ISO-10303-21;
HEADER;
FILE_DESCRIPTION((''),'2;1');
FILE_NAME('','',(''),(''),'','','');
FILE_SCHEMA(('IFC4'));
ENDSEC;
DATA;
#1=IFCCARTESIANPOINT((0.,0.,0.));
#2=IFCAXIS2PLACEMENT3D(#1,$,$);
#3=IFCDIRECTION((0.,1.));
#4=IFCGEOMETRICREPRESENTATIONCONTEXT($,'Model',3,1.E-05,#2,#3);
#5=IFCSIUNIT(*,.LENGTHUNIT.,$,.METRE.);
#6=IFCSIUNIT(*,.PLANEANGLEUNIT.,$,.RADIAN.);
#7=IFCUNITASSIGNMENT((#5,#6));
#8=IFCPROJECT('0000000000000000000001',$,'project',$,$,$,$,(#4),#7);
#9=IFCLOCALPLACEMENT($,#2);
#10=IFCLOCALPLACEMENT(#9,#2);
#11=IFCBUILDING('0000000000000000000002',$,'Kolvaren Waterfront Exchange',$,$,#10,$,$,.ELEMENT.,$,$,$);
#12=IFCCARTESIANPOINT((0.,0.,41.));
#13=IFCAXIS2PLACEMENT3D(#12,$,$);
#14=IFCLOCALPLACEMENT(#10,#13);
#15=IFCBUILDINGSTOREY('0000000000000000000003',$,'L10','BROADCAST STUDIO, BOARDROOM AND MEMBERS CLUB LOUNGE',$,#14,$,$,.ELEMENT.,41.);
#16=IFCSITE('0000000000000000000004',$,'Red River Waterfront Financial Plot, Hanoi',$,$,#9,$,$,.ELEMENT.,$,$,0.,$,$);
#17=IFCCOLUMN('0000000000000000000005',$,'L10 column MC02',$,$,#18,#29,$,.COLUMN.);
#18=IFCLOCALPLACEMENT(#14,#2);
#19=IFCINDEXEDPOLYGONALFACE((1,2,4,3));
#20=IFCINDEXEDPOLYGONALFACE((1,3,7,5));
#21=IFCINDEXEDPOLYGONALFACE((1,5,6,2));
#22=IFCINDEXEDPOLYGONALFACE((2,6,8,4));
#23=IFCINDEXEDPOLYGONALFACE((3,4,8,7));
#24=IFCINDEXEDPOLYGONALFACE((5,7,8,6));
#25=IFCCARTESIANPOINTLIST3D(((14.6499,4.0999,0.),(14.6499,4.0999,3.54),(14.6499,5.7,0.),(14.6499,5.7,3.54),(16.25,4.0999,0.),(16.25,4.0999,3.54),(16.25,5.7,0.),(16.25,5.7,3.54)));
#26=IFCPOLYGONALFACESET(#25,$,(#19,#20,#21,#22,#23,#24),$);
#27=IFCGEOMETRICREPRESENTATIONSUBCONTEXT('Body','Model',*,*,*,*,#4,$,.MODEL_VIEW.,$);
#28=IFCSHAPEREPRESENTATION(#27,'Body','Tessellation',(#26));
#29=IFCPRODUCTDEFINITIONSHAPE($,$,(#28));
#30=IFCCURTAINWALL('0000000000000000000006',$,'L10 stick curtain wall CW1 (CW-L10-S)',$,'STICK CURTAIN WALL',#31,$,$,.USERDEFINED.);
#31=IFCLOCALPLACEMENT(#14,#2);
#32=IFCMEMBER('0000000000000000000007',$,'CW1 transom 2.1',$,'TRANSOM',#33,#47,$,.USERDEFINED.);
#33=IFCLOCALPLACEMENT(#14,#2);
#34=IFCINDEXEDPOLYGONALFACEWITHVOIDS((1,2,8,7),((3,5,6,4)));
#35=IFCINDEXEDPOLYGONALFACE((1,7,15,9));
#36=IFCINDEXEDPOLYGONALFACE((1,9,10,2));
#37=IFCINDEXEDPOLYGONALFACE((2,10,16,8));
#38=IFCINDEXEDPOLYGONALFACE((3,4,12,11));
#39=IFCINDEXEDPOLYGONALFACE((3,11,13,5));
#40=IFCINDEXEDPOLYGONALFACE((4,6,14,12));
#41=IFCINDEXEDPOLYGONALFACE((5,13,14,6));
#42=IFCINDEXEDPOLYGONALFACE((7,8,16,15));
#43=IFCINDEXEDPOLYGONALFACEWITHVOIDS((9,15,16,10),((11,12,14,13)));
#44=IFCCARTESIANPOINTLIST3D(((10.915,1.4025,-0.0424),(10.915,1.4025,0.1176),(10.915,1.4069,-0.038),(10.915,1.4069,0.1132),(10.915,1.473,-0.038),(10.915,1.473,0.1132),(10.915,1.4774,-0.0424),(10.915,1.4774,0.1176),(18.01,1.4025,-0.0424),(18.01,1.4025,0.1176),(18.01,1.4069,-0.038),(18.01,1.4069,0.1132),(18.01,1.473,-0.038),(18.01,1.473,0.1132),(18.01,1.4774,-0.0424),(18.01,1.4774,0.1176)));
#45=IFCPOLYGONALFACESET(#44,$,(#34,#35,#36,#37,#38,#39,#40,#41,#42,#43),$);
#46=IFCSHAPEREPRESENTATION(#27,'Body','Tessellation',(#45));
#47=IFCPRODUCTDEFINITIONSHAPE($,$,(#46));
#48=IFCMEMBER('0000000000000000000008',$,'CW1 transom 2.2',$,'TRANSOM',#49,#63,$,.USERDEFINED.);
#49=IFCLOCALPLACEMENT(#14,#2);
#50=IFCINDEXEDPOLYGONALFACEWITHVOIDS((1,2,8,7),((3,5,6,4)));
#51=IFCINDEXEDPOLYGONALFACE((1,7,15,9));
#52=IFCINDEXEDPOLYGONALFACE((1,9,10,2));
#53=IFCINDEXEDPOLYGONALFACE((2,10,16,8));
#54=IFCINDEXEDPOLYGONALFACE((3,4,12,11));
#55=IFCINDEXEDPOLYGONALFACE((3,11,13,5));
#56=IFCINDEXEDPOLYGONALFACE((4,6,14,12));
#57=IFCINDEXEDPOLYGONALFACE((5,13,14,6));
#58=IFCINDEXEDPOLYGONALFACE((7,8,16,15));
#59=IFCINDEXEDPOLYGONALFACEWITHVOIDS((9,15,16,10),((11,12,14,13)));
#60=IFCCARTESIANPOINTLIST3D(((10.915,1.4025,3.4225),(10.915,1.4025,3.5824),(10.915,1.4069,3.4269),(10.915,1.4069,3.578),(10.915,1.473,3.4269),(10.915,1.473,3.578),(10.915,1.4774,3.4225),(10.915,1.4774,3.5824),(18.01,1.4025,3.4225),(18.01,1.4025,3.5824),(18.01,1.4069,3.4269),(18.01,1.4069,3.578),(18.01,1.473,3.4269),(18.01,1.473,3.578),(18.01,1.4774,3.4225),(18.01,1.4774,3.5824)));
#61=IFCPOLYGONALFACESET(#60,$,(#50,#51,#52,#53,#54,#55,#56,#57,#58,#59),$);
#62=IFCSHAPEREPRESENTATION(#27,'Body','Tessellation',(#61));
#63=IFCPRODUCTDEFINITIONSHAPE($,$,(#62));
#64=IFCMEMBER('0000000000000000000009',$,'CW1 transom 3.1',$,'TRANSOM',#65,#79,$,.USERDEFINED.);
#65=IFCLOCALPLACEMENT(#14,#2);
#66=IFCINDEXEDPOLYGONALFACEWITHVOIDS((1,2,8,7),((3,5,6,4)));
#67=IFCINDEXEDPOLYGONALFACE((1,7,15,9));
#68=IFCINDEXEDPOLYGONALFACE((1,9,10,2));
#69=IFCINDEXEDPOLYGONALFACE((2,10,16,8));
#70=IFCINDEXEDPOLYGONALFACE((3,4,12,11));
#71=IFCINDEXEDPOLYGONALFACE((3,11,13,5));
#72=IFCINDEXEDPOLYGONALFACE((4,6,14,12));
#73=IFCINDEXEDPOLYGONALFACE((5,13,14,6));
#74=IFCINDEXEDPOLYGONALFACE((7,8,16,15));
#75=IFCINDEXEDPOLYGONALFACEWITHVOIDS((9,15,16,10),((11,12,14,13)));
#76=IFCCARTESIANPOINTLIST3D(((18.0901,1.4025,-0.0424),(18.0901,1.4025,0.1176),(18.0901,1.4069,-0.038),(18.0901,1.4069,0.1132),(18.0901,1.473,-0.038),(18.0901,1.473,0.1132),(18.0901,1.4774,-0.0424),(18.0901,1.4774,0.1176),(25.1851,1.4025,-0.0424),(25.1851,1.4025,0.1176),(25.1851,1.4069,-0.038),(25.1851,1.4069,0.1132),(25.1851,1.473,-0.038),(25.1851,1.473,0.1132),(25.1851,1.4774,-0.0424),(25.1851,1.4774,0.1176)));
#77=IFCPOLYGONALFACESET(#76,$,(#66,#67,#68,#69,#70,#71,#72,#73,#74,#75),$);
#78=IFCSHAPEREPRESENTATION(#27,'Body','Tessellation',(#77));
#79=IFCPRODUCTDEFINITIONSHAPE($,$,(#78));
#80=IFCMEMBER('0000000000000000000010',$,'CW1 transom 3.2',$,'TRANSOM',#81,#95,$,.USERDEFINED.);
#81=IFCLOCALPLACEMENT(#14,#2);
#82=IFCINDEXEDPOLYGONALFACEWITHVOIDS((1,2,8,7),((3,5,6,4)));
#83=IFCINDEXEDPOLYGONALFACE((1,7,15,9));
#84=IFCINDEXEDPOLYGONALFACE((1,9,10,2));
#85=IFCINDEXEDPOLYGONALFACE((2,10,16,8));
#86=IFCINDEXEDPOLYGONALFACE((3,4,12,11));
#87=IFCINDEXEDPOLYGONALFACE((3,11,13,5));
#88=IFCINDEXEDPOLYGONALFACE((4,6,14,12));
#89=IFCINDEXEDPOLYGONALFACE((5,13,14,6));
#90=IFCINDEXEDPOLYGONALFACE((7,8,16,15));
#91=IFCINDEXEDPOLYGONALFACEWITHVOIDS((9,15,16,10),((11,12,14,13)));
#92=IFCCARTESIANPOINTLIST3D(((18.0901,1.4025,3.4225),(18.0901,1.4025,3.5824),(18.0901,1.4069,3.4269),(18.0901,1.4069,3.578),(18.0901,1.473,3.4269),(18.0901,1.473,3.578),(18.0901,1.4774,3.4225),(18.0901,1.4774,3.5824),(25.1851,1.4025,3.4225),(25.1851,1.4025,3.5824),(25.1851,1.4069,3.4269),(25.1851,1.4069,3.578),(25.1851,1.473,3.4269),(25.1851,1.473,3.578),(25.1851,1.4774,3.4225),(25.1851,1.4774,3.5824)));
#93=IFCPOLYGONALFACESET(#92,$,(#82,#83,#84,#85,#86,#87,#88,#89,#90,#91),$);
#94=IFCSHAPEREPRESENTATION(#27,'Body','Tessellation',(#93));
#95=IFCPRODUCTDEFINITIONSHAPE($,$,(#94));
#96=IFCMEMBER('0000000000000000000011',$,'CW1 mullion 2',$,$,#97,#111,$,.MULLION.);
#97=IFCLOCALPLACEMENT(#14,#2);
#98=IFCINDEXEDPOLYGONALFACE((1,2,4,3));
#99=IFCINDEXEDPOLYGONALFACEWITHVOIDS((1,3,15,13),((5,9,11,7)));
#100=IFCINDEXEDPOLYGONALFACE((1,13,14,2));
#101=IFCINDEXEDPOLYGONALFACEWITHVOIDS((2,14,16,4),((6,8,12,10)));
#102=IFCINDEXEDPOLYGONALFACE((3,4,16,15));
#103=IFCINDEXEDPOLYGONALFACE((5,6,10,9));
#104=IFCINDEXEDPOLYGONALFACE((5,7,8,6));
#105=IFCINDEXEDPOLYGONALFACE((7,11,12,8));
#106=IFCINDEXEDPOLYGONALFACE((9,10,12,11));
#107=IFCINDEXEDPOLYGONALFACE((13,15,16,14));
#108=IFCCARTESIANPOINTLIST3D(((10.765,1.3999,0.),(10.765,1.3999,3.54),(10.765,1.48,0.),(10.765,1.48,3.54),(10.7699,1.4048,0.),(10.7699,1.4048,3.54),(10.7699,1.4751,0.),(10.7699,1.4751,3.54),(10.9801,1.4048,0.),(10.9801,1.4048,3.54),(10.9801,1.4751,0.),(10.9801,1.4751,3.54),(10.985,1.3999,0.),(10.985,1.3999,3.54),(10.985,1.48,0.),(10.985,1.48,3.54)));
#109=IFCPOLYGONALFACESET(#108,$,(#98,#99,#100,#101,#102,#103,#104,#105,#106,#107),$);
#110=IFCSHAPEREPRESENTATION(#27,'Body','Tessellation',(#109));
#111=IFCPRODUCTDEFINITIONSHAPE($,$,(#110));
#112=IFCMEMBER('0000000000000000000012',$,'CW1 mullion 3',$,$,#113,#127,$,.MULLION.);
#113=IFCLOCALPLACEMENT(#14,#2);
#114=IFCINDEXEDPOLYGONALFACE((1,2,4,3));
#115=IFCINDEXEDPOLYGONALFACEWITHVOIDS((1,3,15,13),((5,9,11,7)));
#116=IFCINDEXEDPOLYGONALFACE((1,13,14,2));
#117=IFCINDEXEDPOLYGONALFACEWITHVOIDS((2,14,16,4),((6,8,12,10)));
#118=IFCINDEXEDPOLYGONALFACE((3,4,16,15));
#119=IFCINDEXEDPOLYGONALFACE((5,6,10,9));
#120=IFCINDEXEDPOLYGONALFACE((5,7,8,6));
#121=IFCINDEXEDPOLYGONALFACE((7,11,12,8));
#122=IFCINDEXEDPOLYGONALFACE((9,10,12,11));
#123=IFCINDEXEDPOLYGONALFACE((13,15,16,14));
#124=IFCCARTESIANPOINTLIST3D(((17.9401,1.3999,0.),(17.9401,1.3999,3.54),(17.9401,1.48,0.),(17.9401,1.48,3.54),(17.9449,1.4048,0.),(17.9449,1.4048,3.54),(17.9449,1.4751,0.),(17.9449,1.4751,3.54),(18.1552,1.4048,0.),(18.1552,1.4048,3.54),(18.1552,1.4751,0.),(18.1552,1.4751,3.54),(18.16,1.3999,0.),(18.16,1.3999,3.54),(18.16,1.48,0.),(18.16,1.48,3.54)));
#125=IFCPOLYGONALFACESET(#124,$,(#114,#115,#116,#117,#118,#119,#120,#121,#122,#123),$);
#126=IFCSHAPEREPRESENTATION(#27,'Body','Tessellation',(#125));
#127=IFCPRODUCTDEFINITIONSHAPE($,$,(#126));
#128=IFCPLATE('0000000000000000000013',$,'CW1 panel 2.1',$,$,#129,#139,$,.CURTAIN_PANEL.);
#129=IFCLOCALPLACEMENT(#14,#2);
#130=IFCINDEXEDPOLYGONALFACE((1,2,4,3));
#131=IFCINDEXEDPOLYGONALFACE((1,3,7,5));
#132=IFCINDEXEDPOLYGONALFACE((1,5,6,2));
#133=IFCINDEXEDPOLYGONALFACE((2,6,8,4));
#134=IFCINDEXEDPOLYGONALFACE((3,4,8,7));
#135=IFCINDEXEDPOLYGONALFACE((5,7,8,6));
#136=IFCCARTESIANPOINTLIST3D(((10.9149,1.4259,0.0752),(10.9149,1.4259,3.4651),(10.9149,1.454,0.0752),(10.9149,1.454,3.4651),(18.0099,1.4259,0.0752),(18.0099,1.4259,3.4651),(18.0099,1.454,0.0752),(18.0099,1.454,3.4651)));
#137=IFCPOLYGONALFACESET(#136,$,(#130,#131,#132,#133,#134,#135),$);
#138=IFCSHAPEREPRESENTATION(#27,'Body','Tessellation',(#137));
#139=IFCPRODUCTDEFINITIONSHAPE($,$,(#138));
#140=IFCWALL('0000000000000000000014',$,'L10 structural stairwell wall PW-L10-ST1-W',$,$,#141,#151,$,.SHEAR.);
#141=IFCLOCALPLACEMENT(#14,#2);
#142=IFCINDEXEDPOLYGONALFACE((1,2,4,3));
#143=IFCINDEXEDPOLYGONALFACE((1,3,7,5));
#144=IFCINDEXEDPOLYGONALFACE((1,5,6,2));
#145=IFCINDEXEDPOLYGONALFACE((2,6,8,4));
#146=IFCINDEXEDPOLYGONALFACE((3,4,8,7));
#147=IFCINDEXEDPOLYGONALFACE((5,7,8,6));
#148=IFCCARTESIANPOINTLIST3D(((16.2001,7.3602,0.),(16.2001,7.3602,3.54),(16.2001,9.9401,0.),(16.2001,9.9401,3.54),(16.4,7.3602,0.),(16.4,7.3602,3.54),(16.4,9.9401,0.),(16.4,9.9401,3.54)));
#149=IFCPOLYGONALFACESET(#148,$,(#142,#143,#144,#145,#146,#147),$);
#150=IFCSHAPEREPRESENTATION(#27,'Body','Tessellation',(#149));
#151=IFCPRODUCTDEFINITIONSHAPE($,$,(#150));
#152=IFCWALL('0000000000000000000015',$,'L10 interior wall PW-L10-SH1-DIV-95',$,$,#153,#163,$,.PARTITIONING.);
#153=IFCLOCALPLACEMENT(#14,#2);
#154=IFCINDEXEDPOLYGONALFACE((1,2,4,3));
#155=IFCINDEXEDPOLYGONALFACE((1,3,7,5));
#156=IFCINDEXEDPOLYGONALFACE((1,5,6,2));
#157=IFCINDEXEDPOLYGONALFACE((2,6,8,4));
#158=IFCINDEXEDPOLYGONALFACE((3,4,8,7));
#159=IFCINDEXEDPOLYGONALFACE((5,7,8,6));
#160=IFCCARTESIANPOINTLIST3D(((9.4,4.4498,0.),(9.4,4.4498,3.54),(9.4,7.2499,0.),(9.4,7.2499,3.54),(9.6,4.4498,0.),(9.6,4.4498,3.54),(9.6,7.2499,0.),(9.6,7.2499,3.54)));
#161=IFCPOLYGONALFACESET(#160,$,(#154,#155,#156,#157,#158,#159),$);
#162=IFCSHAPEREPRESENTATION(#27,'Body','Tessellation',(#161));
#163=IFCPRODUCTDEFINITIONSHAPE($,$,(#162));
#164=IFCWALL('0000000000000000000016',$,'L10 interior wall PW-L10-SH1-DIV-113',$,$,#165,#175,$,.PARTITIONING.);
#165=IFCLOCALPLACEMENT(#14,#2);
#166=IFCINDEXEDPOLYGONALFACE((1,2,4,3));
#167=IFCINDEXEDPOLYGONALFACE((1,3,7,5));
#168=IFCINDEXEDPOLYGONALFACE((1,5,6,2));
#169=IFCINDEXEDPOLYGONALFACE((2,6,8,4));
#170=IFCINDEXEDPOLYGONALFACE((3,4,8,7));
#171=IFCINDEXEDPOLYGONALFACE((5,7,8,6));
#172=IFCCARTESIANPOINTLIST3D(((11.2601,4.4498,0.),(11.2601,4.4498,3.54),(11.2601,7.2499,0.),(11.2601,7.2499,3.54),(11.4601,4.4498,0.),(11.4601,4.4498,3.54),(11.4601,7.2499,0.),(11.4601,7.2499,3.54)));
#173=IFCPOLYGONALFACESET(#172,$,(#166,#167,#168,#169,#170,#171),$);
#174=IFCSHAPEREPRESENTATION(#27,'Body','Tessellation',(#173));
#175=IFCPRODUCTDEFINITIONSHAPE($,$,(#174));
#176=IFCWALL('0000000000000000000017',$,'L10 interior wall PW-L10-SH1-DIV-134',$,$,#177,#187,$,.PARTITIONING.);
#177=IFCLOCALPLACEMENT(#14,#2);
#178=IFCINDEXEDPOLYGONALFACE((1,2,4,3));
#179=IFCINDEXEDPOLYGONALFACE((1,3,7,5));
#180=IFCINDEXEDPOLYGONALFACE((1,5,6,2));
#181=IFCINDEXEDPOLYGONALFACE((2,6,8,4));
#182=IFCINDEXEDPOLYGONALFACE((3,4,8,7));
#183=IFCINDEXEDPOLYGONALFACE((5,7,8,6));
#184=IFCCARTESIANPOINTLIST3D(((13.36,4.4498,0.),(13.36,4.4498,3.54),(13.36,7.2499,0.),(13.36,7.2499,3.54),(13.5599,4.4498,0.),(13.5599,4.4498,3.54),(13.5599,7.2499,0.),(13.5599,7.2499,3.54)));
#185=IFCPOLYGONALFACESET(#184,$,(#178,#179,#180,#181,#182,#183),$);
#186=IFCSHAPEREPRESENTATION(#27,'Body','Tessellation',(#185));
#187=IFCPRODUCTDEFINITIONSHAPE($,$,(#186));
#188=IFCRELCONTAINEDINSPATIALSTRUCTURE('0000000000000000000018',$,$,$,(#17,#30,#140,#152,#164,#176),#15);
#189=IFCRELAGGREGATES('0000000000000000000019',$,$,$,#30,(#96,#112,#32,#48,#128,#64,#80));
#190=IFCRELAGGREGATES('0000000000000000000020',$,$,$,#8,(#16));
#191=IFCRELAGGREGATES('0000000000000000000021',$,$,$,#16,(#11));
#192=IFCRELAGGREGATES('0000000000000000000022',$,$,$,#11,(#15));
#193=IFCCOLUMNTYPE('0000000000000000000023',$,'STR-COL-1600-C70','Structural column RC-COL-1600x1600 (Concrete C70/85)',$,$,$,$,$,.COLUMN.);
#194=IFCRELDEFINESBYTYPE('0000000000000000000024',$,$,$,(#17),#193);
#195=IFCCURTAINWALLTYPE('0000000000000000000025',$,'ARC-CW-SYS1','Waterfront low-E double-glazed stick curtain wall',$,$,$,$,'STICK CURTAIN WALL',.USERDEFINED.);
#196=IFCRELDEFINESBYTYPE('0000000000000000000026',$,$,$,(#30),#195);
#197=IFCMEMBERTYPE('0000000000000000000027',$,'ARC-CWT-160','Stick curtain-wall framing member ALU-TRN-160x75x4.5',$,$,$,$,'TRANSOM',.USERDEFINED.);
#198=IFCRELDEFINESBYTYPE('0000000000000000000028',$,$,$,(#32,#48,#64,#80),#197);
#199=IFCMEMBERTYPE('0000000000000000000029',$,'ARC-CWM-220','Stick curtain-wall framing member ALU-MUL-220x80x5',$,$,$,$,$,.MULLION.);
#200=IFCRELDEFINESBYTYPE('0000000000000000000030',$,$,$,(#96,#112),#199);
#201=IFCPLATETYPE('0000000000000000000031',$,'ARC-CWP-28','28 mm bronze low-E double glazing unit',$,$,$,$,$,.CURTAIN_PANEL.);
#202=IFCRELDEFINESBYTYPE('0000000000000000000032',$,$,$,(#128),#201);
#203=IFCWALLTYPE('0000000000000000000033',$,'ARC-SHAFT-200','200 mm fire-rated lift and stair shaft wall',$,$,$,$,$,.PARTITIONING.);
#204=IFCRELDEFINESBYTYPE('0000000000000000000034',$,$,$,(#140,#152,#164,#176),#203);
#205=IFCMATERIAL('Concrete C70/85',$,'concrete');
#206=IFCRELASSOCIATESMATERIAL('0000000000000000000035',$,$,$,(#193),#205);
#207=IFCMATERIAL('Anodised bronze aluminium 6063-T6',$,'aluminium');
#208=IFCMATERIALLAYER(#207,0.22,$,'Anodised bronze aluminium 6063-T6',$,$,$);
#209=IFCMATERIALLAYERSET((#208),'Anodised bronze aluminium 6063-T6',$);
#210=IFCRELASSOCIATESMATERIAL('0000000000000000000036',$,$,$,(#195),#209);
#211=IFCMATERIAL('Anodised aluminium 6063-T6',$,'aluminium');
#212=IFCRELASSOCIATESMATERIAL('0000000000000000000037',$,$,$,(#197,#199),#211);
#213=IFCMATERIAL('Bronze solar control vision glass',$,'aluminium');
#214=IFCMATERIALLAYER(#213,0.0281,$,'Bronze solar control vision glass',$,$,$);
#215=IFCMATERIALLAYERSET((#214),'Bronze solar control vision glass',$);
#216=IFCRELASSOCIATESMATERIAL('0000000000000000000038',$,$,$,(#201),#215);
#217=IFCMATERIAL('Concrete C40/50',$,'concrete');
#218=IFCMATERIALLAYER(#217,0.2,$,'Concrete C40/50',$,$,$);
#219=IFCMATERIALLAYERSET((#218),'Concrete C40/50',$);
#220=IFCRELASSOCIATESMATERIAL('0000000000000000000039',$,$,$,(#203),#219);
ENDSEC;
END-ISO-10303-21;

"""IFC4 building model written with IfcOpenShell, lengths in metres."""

from ifc_helpers import new_model, si_unit, direction, frame, frame_2d, origin, origin_with_axes, origin_2d, place, context, subcontext, project, spatial, rectangle, hollow_rectangle, extrude, source, transform, mapped, material, layer, layer_set, material_profile, profile_set, type_object, element, aggregate, save


model = new_model("IFC4")

# Units and contexts
model_context = context("Model", 3, precision=1e-05, world=origin(), true_north=direction((0.0, 1.0)))
body_context = subcontext(model_context, "Body", "Model", "MODEL_VIEW")
ifc_project = project(units=[si_unit("LENGTHUNIT", "METRE"), si_unit("PLANEANGLEUNIT", "RADIAN")], contexts=[model_context])

# Site, building, storey
site_placement = place(None, origin())
site = spatial("IfcSite", under=ifc_project, at=site_placement, Name="Red River Waterfront Financial Plot, Hanoi", CompositionType="ELEMENT", RefElevation=0.0)
building_placement = place(site_placement, origin())
building = spatial("IfcBuilding", under=site, at=building_placement, Name="Kolvaren Waterfront Exchange", CompositionType="ELEMENT")
storey_placement = place(building_placement, frame((0.0, 0.0, 41.0)))
storey = spatial("IfcBuildingStorey", under=building, at=storey_placement, Name="L10", Description="BROADCAST STUDIO, BOARDROOM AND MEMBERS CLUB LOUNGE", CompositionType="ELEMENT", Elevation=41.0)

# Column
ifc_material_1 = material(Name="Concrete C70/85", Category="concrete")
ifc_material_profile_1 = material_profile(ifc_material_1, rectangle(XDim=1.6001, YDim=1.6001, at=origin_2d()), Name="RC-COL-1600x1600")
ifc_profile_set_1 = profile_set([ifc_material_profile_1], Name="Concrete C70/85")
column_type = type_object("IfcColumnType", Name="STR-COL-1600-C70", Description="Structural column RC-COL-1600x1600 (Concrete C70/85)", PredefinedType="COLUMN", material=ifc_profile_set_1)
column_placement = place(storey_placement, frame((15.45, 4.8999, 0.0), z_axis=(0.0, 0.0, 1.0), x_axis=(1.0, 0.0, 0.0)))
element("IfcColumn", 1, at=column_placement, inside=storey, type_object=column_type, Name="L10 column MC02", PredefinedType="COLUMN", context=body_context, shape_type="SweptSolid", body=[
    extrude(rectangle(XDim=1.6001, YDim=1.6001, at=origin_2d()), origin(), (0.0, 0.0, 1.0), 3.54),
])

# Curtain wall, members, plate
ifc_material_2 = material(Name="Anodised bronze aluminium 6063-T6", Category="aluminium")
ifc_layer_1 = layer(ifc_material_2, 0.22, Name="Anodised bronze aluminium 6063-T6")
ifc_layer_set_1 = layer_set([ifc_layer_1], Name="Anodised bronze aluminium 6063-T6")
curtain_wall_type = type_object("IfcCurtainWallType", Name="ARC-CW-SYS1", Description="Waterfront low-E double-glazed stick curtain wall", ElementType="STICK CURTAIN WALL", PredefinedType="USERDEFINED", material=ifc_layer_set_1)
curtain_wall_placement = place(storey_placement, origin())
curtain_wall = element("IfcCurtainWall", 2, at=curtain_wall_placement, inside=storey, type_object=curtain_wall_type, Name="L10 stick curtain wall CW1 (CW-L10-S)", ObjectType="STICK CURTAIN WALL", PredefinedType="USERDEFINED")
ifc_material_3 = material(Name="Anodised aluminium 6063-T6", Category="aluminium")
ifc_material_profile_2 = material_profile(ifc_material_3, hollow_rectangle(XDim=0.075, YDim=0.1599, WallThickness=0.0044, at=origin_2d()), Name="ALU-TRN-160x75x4.5")
ifc_profile_set_2 = profile_set([ifc_material_profile_2], Name="Anodised aluminium 6063-T6")
member_type_1 = type_object("IfcMemberType", Name="ARC-CWT-160", Description="Stick curtain-wall framing member ALU-TRN-160x75x4.5", ElementType="TRANSOM", PredefinedType="USERDEFINED", material=ifc_profile_set_2)
shared_shape_1 = source(origin_with_axes(), body_context, "Body", "SweptSolid", [
    extrude(hollow_rectangle(XDim=0.075, YDim=0.1599, WallThickness=0.0044, at=origin_2d()), origin(), (0.0, 0.0, 1.0), 7.095),
])
member_1_placement = place(storey_placement, frame((10.915, 1.4399, 0.0376), z_axis=(1.0, 0.0, 0.0), x_axis=(0.0, 1.0, 0.0)))
member_1 = element("IfcMember", 3, at=member_1_placement, type_object=member_type_1, Name="CW1 transom 2.1", ObjectType="TRANSOM", PredefinedType="USERDEFINED", context=body_context, shape_type="MappedRepresentation", body=[
    mapped(shared_shape_1, transform((0.0, 0.0, 0.0), x_axis=(1.0, 0.0, 0.0), y_axis=(0.0, 1.0, 0.0), z_axis=(0.0, 0.0, 1.0), scale=1.0)),
])
member_2_placement = place(storey_placement, frame((10.915, 1.4399, 3.5024), z_axis=(1.0, 0.0, 0.0), x_axis=(0.0, 1.0, 0.0)))
member_2 = element("IfcMember", 4, at=member_2_placement, type_object=member_type_1, Name="CW1 transom 2.2", ObjectType="TRANSOM", PredefinedType="USERDEFINED", context=body_context, shape_type="MappedRepresentation", body=[
    mapped(shared_shape_1, transform((0.0, 0.0, 0.0), x_axis=(1.0, 0.0, 0.0), y_axis=(0.0, 1.0, 0.0), z_axis=(0.0, 0.0, 1.0), scale=1.0)),
])
member_3_placement = place(storey_placement, frame((18.0901, 1.4399, 0.0376), z_axis=(1.0, 0.0, 0.0), x_axis=(0.0, 1.0, 0.0)))
member_3 = element("IfcMember", 5, at=member_3_placement, type_object=member_type_1, Name="CW1 transom 3.1", ObjectType="TRANSOM", PredefinedType="USERDEFINED", context=body_context, shape_type="MappedRepresentation", body=[
    mapped(shared_shape_1, transform((0.0, 0.0, 0.0), x_axis=(1.0, 0.0, 0.0), y_axis=(0.0, 1.0, 0.0), z_axis=(0.0, 0.0, 1.0), scale=1.0)),
])
member_4_placement = place(storey_placement, frame((18.0901, 1.4399, 3.5024), z_axis=(1.0, 0.0, 0.0), x_axis=(0.0, 1.0, 0.0)))
member_4 = element("IfcMember", 6, at=member_4_placement, type_object=member_type_1, Name="CW1 transom 3.2", ObjectType="TRANSOM", PredefinedType="USERDEFINED", context=body_context, shape_type="MappedRepresentation", body=[
    mapped(shared_shape_1, transform((0.0, 0.0, 0.0), x_axis=(1.0, 0.0, 0.0), y_axis=(0.0, 1.0, 0.0), z_axis=(0.0, 0.0, 1.0), scale=1.0)),
])
ifc_material_profile_3 = material_profile(ifc_material_3, hollow_rectangle(XDim=0.0801, YDim=0.22, WallThickness=0.0049, at=origin_2d()), Name="ALU-MUL-220x80x5")
ifc_profile_set_3 = profile_set([ifc_material_profile_3], Name="Anodised aluminium 6063-T6")
member_type_2 = type_object("IfcMemberType", Name="ARC-CWM-220", Description="Stick curtain-wall framing member ALU-MUL-220x80x5", PredefinedType="MULLION", material=ifc_profile_set_3)
shared_shape_2 = source(origin_with_axes(), body_context, "Body", "SweptSolid", [
    extrude(hollow_rectangle(XDim=0.0801, YDim=0.22, WallThickness=0.0049, at=origin_2d()), origin(), (0.0, 0.0, 1.0), 3.54),
])
member_5_placement = place(storey_placement, frame((10.875, 1.4399, 0.0), z_axis=(0.0, 0.0, 1.0), x_axis=(0.0, 1.0, 0.0)))
member_5 = element("IfcMember", 7, at=member_5_placement, type_object=member_type_2, Name="CW1 mullion 2", PredefinedType="MULLION", context=body_context, shape_type="MappedRepresentation", body=[
    mapped(shared_shape_2, transform((0.0, 0.0, 0.0), x_axis=(1.0, 0.0, 0.0), y_axis=(0.0, 1.0, 0.0), z_axis=(0.0, 0.0, 1.0), scale=1.0)),
])
member_6_placement = place(storey_placement, frame((18.05, 1.4399, 0.0), z_axis=(0.0, 0.0, 1.0), x_axis=(0.0, 1.0, 0.0)))
member_6 = element("IfcMember", 8, at=member_6_placement, type_object=member_type_2, Name="CW1 mullion 3", PredefinedType="MULLION", context=body_context, shape_type="MappedRepresentation", body=[
    mapped(shared_shape_2, transform((0.0, 0.0, 0.0), x_axis=(1.0, 0.0, 0.0), y_axis=(0.0, 1.0, 0.0), z_axis=(0.0, 0.0, 1.0), scale=1.0)),
])
ifc_material_4 = material(Name="Bronze solar control vision glass", Category="aluminium")
ifc_layer_2 = layer(ifc_material_4, 0.0281, Name="Bronze solar control vision glass")
ifc_layer_set_2 = layer_set([ifc_layer_2], Name="Bronze solar control vision glass")
plate_type = type_object("IfcPlateType", Name="ARC-CWP-28", Description="28 mm bronze low-E double glazing unit", PredefinedType="CURTAIN_PANEL", material=ifc_layer_set_2)
shared_shape_3 = source(origin_with_axes(), body_context, "Body", "SweptSolid", [
    extrude(rectangle(XDim=7.095, YDim=0.0281, at=origin_2d()), origin(), (0.0, 0.0, 1.0), 3.3899),
])
plate_placement = place(storey_placement, frame((14.4624, 1.4399, 0.0752), z_axis=(0.0, 0.0, 1.0), x_axis=(1.0, 0.0, 0.0)))
plate = element("IfcPlate", 9, at=plate_placement, type_object=plate_type, Name="CW1 panel 2.1", PredefinedType="CURTAIN_PANEL", context=body_context, shape_type="MappedRepresentation", body=[
    mapped(shared_shape_3, transform((0.0, 0.0, 0.0), x_axis=(1.0, 0.0, 0.0), y_axis=(0.0, 1.0, 0.0), z_axis=(0.0, 0.0, 1.0), scale=1.0)),
])
aggregate(curtain_wall, [member_5, member_6, member_1, member_2, plate, member_3, member_4])

# Walls
ifc_material_5 = material(Name="Concrete C40/50", Category="concrete")
ifc_layer_3 = layer(ifc_material_5, 0.2, Name="Concrete C40/50")
ifc_layer_set_3 = layer_set([ifc_layer_3], Name="Concrete C40/50")
wall_type_1 = type_object("IfcWallType", Name="ARC-SHAFT-200", Description="200 mm fire-rated lift and stair shaft wall", PredefinedType="PARTITIONING", material=ifc_layer_set_3)
wall_1_placement = place(storey_placement, frame((16.3, 7.3601, 0.0), z_axis=(0.0, 0.0, 1.0), x_axis=(0.0, 1.0, 0.0)))
element("IfcWall", 10, at=wall_1_placement, inside=storey, type_object=wall_type_1, Name="L10 structural stairwell wall PW-L10-ST1-W", PredefinedType="SHEAR", context=body_context, shape_type="SweptSolid", body=[
    extrude(rectangle(XDim=2.5798, YDim=0.2, at=frame_2d((1.29, 0.0))), origin(), (0.0, 0.0, 1.0), 3.54),
])
for number, where, z_axis, x_axis, name in (
    (11, (9.5, 4.45, 0.0), (0.0, 0.0, 1.0), (0.0, 1.0, 0.0), "L10 interior wall PW-L10-SH1-DIV-95"),
    (12, (11.3601, 4.45, 0.0), (0.0, 0.0, 1.0), (0.0, 1.0, 0.0), "L10 interior wall PW-L10-SH1-DIV-113"),
    (13, (13.46, 4.45, 0.0), (0.0, 0.0, 1.0), (0.0, 1.0, 0.0), "L10 interior wall PW-L10-SH1-DIV-134"),
):
    element("IfcWall", number, at=place(storey_placement, frame(where, z_axis=z_axis, x_axis=x_axis)), inside=storey, type_object=wall_type_1, Name=name, PredefinedType="PARTITIONING", context=body_context, shape_type="SweptSolid", body=[
        extrude(rectangle(XDim=2.8, YDim=0.2, at=frame_2d((1.3999, 0.0))), origin(), (0.0, 0.0, 1.0), 3.54),
    ])

save(model, "model.ifc")
